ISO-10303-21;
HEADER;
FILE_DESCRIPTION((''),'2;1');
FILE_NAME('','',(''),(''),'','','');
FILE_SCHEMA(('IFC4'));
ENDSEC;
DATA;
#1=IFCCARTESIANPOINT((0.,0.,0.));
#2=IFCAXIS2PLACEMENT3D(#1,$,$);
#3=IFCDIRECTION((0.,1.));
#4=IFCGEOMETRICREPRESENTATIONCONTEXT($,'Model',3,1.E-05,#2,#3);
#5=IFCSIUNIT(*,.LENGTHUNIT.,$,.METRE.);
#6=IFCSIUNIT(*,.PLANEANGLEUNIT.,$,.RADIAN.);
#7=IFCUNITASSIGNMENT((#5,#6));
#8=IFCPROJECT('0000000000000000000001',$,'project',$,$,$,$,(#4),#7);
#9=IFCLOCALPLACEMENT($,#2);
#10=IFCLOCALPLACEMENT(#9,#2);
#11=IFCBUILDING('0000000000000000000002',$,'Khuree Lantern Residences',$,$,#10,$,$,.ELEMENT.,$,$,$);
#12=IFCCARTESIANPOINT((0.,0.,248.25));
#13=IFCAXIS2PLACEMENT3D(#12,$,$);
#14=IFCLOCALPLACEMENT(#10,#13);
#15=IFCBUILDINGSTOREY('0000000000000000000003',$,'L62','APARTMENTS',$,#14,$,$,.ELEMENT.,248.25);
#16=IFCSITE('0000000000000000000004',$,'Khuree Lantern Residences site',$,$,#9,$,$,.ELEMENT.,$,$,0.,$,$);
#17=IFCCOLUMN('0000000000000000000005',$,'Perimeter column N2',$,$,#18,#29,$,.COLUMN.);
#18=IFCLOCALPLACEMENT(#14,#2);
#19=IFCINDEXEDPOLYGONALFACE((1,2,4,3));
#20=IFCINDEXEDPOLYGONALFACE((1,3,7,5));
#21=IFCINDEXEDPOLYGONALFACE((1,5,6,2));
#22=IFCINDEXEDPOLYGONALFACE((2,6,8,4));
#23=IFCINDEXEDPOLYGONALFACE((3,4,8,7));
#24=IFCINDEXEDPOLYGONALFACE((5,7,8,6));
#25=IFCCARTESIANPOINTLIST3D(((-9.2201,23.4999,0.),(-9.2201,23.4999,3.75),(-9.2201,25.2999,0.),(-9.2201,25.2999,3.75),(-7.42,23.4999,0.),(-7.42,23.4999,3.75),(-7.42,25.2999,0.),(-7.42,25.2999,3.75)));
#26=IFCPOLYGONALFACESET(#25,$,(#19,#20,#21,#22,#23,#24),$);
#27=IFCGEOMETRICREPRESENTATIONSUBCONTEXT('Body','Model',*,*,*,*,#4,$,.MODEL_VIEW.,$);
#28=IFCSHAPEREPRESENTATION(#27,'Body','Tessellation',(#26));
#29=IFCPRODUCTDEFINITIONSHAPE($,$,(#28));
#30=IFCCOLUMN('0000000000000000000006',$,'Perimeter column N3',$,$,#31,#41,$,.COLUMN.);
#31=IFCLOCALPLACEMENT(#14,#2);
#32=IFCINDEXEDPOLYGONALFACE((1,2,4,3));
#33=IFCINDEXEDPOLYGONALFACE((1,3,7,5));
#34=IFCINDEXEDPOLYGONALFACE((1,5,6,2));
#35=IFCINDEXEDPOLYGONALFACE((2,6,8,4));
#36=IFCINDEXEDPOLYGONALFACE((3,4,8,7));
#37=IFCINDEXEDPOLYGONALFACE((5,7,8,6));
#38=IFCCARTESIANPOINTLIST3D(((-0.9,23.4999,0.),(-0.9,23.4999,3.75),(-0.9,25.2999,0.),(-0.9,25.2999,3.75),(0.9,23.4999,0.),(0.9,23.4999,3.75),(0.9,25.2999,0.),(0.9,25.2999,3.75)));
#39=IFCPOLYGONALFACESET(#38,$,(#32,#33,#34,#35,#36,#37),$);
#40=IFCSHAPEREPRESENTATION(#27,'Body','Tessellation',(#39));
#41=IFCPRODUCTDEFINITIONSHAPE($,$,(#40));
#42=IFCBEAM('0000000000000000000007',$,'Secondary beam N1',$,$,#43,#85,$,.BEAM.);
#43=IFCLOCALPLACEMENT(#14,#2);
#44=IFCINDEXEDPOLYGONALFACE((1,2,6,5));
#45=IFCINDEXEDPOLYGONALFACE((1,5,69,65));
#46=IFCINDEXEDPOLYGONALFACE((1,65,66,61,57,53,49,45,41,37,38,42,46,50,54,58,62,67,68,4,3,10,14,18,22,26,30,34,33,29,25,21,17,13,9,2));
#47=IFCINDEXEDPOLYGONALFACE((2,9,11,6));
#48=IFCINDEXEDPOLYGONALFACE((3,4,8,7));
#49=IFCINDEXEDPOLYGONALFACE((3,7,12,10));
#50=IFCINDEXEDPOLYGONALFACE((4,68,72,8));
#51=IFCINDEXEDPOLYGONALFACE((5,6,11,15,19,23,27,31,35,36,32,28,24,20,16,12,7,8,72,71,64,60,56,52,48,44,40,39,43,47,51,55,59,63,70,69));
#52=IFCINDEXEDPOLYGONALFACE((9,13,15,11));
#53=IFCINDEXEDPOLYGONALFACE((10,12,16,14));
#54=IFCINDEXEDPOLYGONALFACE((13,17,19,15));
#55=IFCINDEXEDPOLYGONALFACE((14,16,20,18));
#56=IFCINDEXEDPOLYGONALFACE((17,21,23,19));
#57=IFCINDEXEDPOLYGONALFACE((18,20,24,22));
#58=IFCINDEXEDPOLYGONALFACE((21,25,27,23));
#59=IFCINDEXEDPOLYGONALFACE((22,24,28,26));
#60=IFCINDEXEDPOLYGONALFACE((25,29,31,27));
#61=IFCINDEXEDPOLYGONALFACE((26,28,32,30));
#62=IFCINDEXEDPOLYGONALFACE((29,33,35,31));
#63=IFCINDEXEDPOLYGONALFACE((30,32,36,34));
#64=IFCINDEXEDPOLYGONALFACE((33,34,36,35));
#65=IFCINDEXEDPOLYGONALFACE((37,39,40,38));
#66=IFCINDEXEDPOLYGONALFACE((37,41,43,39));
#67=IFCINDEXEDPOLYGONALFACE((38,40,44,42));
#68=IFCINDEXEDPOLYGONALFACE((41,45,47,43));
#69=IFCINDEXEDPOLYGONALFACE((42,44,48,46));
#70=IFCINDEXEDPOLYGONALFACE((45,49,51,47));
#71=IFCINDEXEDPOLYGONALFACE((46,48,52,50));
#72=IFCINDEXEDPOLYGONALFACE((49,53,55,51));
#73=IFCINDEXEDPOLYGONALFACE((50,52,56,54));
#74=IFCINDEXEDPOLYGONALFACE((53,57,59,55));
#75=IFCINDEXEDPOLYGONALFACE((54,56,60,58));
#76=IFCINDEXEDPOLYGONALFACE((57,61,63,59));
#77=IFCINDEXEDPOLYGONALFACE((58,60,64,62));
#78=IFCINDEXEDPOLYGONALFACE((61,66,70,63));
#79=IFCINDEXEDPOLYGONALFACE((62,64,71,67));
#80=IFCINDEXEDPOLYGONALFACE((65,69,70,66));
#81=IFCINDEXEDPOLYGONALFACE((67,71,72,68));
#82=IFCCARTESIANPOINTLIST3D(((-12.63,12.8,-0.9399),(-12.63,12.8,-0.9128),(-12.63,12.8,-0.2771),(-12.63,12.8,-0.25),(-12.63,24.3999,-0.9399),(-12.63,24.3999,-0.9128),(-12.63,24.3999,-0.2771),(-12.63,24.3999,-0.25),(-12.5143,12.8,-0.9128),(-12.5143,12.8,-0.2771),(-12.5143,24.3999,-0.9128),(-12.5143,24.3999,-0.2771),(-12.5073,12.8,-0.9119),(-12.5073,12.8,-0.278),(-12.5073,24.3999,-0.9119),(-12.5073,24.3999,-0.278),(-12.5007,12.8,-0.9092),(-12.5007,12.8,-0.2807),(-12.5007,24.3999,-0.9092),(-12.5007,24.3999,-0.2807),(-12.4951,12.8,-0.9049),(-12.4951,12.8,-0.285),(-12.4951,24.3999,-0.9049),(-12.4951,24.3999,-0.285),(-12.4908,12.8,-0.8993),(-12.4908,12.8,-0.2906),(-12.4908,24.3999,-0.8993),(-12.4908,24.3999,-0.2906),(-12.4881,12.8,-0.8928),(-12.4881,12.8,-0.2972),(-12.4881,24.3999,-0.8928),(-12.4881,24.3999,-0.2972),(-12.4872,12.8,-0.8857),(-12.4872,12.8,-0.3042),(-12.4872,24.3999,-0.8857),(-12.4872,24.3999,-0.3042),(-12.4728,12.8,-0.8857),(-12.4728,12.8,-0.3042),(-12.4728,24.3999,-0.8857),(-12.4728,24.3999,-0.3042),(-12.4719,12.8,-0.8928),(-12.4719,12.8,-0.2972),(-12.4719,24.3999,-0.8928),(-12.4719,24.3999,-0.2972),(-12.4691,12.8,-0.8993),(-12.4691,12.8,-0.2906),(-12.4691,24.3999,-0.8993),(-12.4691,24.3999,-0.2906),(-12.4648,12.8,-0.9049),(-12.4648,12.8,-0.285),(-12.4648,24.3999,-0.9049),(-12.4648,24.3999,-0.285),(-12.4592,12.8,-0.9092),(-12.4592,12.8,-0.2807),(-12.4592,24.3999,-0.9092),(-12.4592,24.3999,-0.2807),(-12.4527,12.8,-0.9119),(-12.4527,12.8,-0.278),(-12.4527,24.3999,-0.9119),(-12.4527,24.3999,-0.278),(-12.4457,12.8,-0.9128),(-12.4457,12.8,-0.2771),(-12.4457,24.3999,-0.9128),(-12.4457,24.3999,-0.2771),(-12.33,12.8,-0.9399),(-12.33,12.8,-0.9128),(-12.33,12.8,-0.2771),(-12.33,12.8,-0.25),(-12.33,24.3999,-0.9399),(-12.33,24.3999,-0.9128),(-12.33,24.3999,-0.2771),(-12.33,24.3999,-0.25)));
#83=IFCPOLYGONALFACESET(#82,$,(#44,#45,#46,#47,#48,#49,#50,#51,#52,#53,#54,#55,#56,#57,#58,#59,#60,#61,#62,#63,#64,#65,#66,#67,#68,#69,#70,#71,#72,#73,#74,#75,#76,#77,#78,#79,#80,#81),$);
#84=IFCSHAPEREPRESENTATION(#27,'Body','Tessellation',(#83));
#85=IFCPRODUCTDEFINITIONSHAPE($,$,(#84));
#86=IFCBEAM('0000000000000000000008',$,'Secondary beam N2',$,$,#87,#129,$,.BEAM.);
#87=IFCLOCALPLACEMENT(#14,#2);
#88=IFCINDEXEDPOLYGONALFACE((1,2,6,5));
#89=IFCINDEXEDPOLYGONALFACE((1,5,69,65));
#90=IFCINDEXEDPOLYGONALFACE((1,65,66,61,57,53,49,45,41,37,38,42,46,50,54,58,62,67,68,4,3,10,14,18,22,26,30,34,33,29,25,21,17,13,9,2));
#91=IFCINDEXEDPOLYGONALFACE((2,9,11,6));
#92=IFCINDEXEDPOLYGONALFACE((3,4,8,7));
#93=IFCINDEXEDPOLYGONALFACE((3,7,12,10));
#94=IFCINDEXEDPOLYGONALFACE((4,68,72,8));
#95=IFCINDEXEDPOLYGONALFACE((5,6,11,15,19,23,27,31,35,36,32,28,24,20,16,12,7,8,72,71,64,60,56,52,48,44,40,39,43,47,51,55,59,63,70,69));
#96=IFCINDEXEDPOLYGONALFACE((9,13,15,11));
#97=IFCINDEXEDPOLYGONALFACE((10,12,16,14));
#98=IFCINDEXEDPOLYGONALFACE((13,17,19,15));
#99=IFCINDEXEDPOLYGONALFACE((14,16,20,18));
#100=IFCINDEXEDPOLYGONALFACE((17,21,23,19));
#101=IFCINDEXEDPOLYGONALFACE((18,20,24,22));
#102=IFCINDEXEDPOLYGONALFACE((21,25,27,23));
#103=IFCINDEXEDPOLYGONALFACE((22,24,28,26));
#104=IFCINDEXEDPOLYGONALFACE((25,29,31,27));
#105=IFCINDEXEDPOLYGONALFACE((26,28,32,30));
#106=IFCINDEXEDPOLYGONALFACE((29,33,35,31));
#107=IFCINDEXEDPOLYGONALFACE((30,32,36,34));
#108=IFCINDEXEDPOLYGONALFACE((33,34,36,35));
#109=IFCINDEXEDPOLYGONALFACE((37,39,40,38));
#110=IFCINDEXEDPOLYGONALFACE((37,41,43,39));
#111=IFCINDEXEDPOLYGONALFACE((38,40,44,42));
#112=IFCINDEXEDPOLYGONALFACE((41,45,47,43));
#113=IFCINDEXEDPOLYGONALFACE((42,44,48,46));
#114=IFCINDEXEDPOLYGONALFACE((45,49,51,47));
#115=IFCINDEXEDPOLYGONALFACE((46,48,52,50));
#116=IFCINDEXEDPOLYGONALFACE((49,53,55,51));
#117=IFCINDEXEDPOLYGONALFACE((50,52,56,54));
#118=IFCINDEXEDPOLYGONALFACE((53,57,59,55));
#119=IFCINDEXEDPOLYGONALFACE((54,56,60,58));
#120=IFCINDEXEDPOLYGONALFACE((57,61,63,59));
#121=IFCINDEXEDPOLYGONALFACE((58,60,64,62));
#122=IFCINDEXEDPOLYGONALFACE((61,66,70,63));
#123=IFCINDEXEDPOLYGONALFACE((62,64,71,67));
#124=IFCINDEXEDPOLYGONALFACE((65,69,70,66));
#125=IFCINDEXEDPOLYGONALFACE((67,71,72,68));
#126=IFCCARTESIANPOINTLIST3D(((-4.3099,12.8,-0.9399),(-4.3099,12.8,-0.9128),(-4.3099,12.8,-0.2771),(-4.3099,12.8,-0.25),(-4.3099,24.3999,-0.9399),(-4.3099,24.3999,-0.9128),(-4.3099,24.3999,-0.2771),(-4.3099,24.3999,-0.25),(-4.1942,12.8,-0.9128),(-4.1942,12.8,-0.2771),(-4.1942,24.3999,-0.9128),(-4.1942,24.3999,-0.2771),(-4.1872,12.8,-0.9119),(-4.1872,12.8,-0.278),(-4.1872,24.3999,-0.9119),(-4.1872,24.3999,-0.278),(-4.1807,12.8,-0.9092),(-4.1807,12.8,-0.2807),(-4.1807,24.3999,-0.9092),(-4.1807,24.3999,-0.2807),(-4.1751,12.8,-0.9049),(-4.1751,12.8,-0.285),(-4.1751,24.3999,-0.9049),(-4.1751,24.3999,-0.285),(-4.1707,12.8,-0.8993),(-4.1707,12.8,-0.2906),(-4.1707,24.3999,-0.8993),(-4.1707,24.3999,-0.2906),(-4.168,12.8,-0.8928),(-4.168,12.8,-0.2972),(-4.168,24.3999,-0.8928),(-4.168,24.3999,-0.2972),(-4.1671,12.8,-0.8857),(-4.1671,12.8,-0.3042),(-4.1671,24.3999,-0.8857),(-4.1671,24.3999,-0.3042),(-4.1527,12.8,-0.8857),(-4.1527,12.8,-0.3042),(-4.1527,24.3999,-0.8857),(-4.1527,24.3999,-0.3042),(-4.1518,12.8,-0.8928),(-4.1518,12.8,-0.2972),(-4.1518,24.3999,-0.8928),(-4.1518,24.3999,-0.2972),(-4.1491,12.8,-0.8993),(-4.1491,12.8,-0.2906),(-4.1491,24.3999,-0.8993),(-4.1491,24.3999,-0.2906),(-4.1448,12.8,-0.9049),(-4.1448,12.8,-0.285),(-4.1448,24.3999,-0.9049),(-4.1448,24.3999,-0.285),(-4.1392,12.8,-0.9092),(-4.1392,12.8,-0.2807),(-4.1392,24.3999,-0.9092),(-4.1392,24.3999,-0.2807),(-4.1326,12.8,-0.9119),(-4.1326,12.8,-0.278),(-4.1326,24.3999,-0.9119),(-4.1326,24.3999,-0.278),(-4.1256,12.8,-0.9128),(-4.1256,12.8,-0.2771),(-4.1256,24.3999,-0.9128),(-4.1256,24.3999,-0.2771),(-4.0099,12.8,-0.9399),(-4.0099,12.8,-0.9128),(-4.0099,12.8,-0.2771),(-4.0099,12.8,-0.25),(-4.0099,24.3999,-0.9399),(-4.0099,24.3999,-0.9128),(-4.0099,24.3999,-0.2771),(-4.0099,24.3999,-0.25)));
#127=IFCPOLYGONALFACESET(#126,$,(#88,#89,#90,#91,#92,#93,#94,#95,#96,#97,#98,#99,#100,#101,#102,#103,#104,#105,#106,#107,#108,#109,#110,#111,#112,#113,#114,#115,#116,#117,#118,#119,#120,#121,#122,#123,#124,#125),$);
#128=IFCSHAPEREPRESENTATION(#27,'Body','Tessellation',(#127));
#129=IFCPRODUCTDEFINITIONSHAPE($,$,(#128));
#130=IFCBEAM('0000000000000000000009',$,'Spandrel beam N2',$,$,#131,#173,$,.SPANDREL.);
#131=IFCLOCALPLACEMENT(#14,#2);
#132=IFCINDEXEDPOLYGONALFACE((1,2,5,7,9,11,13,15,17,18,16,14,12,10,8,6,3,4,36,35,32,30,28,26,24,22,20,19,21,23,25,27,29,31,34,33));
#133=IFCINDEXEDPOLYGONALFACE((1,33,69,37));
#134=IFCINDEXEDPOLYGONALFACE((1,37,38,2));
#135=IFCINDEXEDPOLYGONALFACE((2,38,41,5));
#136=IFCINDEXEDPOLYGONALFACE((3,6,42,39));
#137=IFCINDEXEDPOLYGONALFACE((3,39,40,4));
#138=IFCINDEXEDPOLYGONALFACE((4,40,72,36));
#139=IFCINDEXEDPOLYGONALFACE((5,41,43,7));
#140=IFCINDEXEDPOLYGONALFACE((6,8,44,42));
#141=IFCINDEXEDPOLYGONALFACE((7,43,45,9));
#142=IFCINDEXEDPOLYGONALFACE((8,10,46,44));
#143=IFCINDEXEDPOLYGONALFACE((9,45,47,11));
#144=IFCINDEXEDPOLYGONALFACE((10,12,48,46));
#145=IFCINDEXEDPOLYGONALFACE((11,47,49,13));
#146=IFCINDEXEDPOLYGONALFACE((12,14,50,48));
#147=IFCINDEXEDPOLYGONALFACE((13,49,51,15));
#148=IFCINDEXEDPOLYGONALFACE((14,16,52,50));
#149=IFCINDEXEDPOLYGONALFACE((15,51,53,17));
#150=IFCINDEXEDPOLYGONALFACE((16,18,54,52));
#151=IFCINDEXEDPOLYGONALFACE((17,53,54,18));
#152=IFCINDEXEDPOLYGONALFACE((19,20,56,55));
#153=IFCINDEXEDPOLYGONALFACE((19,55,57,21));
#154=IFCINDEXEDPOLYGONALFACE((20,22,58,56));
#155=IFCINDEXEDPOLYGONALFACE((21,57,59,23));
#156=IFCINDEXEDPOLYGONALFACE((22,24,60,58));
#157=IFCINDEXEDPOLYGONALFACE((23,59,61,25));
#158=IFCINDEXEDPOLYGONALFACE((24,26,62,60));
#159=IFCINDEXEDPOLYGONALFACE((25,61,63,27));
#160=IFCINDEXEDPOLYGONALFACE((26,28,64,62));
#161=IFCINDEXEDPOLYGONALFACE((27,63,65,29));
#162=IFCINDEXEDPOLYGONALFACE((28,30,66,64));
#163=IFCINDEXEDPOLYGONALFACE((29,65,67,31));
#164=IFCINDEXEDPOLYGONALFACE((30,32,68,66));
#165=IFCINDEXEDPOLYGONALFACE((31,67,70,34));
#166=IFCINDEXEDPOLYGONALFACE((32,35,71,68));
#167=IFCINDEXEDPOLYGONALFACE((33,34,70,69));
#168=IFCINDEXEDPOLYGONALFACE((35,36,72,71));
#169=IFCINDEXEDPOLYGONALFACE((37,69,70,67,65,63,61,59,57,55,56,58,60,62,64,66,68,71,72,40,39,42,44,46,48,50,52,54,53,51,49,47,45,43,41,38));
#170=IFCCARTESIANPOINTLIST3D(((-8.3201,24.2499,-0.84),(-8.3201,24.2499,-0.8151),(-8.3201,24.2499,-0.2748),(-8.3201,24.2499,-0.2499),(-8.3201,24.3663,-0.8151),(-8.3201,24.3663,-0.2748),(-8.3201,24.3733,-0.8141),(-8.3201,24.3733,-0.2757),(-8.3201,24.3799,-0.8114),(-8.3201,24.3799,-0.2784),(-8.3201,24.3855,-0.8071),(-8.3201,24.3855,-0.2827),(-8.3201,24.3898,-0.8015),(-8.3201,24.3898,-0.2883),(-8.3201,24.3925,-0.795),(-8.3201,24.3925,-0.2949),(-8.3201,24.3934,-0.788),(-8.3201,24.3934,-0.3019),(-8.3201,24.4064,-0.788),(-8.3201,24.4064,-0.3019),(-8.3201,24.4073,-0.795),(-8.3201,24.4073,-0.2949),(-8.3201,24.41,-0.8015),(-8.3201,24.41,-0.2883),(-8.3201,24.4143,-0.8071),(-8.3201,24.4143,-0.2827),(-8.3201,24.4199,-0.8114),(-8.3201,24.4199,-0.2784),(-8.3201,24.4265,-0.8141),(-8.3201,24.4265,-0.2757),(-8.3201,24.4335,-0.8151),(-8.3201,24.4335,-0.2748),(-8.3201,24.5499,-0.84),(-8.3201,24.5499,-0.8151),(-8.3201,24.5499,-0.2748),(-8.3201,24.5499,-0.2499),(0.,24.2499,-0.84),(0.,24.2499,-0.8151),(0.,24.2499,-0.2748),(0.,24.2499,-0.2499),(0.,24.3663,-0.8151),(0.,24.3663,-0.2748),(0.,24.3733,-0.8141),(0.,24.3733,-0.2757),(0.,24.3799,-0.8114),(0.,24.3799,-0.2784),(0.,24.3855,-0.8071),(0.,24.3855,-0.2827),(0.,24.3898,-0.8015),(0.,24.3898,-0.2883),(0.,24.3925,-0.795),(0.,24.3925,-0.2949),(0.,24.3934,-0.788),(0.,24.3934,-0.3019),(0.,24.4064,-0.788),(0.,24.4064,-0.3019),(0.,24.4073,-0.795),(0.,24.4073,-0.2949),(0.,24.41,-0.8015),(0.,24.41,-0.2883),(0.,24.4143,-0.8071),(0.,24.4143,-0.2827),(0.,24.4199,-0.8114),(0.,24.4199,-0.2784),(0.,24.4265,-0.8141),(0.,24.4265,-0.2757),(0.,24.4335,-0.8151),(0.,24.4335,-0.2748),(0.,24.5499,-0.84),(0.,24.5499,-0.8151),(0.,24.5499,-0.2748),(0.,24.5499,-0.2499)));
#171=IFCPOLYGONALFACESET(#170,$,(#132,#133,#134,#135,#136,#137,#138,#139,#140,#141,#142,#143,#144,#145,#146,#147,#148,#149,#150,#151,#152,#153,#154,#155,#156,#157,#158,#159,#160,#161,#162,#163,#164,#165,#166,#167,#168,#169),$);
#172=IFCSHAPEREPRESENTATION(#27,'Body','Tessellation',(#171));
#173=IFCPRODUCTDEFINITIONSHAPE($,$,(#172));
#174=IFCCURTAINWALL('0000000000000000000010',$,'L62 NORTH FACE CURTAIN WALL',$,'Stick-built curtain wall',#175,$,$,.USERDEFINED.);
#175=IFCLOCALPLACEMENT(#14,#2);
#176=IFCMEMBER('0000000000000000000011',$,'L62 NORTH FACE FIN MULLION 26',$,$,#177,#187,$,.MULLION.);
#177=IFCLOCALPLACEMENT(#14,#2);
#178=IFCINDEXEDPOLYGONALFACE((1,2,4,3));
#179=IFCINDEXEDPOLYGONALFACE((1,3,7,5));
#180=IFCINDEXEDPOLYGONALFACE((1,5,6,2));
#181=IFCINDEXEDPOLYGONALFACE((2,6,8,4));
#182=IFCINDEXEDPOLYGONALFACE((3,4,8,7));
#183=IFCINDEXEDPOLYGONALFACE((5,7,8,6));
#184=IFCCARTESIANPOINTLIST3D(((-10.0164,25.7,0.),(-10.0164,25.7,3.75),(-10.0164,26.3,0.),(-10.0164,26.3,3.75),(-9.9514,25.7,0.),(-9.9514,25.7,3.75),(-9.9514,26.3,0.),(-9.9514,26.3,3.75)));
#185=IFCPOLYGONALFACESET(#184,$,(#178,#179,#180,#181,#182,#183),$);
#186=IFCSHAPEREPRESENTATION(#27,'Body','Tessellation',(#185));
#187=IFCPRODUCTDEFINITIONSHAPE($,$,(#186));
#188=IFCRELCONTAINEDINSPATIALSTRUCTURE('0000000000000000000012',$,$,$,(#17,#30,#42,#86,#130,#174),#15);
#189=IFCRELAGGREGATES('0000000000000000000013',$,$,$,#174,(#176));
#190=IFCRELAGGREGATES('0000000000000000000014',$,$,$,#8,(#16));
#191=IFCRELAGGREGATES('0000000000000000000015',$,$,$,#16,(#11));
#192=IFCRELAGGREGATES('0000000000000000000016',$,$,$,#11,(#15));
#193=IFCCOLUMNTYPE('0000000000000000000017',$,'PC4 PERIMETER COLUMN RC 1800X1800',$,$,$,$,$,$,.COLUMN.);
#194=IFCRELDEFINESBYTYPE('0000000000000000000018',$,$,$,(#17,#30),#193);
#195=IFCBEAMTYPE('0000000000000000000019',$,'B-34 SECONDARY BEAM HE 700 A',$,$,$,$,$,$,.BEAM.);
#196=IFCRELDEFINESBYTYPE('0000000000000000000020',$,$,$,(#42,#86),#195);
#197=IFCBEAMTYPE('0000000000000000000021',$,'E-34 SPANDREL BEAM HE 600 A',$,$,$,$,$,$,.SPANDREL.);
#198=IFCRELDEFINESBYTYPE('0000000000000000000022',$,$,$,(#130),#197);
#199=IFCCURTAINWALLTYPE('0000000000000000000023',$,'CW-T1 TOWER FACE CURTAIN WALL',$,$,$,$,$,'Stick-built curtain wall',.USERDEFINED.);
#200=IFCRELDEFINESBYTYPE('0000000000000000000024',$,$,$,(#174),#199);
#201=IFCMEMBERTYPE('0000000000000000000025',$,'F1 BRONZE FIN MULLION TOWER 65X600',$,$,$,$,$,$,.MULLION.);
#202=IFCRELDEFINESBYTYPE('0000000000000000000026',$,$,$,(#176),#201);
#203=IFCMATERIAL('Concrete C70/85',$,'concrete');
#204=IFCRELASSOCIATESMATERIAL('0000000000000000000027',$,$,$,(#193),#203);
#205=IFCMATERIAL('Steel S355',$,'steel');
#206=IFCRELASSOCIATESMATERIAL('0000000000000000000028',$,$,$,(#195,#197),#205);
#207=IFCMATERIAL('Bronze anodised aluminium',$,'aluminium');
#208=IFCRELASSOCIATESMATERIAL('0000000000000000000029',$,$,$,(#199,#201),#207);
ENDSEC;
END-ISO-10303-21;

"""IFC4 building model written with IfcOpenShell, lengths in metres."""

from ifc_helpers import new_model, si_unit, direction, frame, origin, origin_2d, place, context, subcontext, project, spatial, rectangle, i_section, extrude, material, material_profile, profile_set, type_object, element, aggregate, save


model = new_model("IFC4")

# Units and contexts
model_context = context("Model", 3, precision=1e-05, world=origin(), true_north=direction((0.0, 1.0)))
body_context = subcontext(model_context, "Body", "Model", "MODEL_VIEW")
ifc_project = project(units=[si_unit("LENGTHUNIT", "METRE"), si_unit("PLANEANGLEUNIT", "RADIAN")], contexts=[model_context])

# Site, building, storey
site_placement = place(None, origin())
site = spatial("IfcSite", under=ifc_project, at=site_placement, Name="Khuree Lantern Residences site", CompositionType="ELEMENT", RefElevation=0.0)
building_placement = place(site_placement, origin())
building = spatial("IfcBuilding", under=site, at=building_placement, Name="Khuree Lantern Residences", CompositionType="ELEMENT")
storey_placement = place(building_placement, frame((0.0, 0.0, 248.25)))
storey = spatial("IfcBuildingStorey", under=building, at=storey_placement, Name="L62", Description="APARTMENTS", CompositionType="ELEMENT", Elevation=248.25)

# Columns
ifc_material_1 = material(Name="Concrete C70/85", Category="concrete")
ifc_material_profile_1 = material_profile(ifc_material_1, rectangle(XDim=1.8, YDim=1.8, at=origin_2d()), Name="RC 1800X1800")
ifc_profile_set_1 = profile_set([ifc_material_profile_1], Name="Concrete C70/85")
column_type = type_object("IfcColumnType", Name="PC4 PERIMETER COLUMN RC 1800X1800", PredefinedType="COLUMN", material=ifc_profile_set_1)
for number, where, z_axis, x_axis, name in (
    (1, (-8.3201, 24.3999, 0.0), (0.0, 0.0, 1.0), (1.0, 0.0, 0.0), "Perimeter column N2"),
    (2, (0.0, 24.3999, 0.0), (0.0, 0.0, 1.0), (1.0, 0.0, 0.0), "Perimeter column N3"),
):
    element("IfcColumn", number, at=place(storey_placement, frame(where, z_axis=z_axis, x_axis=x_axis)), inside=storey, type_object=column_type, Name=name, PredefinedType="COLUMN", context=body_context, shape_type="SweptSolid", body=[
        extrude(rectangle(XDim=1.8, YDim=1.8, at=origin_2d()), origin(), (0.0, 0.0, 1.0), 3.75),
    ])

# Beams
ifc_material_2 = material(Name="Steel S355", Category="steel")
ifc_material_profile_2 = material_profile(ifc_material_2, i_section(OverallWidth=0.3, OverallDepth=0.6899, WebThickness=0.0144, FlangeThickness=0.0271, FilletRadius=0.0271, at=origin_2d()), Name="HE 700 A")
ifc_profile_set_2 = profile_set([ifc_material_profile_2], Name="Steel S355")
beam_type_1 = type_object("IfcBeamType", Name="B-34 SECONDARY BEAM HE 700 A", PredefinedType="BEAM", material=ifc_profile_set_2)
for number, where, z_axis, x_axis, name in (
    (3, (-12.48, 24.3999, -0.595), (0.0, -1.0, 0.0), (1.0, 0.0, 0.0), "Secondary beam N1"),
    (4, (-4.1599, 24.3999, -0.595), (0.0, -1.0, 0.0), (1.0, 0.0, 0.0), "Secondary beam N2"),
):
    element("IfcBeam", number, at=place(storey_placement, frame(where, z_axis=z_axis, x_axis=x_axis)), inside=storey, type_object=beam_type_1, Name=name, PredefinedType="BEAM", context=body_context, shape_type="SweptSolid", body=[
        extrude(i_section(OverallWidth=0.3, OverallDepth=0.6899, WebThickness=0.0144, FlangeThickness=0.0271, FilletRadius=0.0271, at=origin_2d()), origin(), (0.0, 0.0, 1.0), 11.5999),
    ])
ifc_material_profile_3 = material_profile(ifc_material_2, i_section(OverallWidth=0.3, OverallDepth=0.5901, WebThickness=0.0129, FlangeThickness=0.0249, FilletRadius=0.0271, at=origin_2d()), Name="HE 600 A")
ifc_profile_set_3 = profile_set([ifc_material_profile_3], Name="Steel S355")
beam_type_2 = type_object("IfcBeamType", Name="E-34 SPANDREL BEAM HE 600 A", PredefinedType="SPANDREL", material=ifc_profile_set_3)
beam_1_placement = place(storey_placement, frame((-8.3201, 24.3999, -0.5449), z_axis=(1.0, 0.0, 0.0), x_axis=(0.0, 1.0, 0.0)))
element("IfcBeam", 5, at=beam_1_placement, inside=storey, type_object=beam_type_2, Name="Spandrel beam N2", PredefinedType="SPANDREL", context=body_context, shape_type="SweptSolid", body=[
    extrude(i_section(OverallWidth=0.3, OverallDepth=0.5901, WebThickness=0.0129, FlangeThickness=0.0249, FilletRadius=0.0271, at=origin_2d()), origin(), (0.0, 0.0, 1.0), 8.3201),
])

# Curtain wall, member
ifc_material_3 = material(Name="Bronze anodised aluminium", Category="aluminium")
curtain_wall_type = type_object("IfcCurtainWallType", Name="CW-T1 TOWER FACE CURTAIN WALL", ElementType="Stick-built curtain wall", PredefinedType="USERDEFINED", material=ifc_material_3)
curtain_wall_placement = place(storey_placement, origin())
curtain_wall = element("IfcCurtainWall", 6, at=curtain_wall_placement, inside=storey, type_object=curtain_wall_type, Name="L62 NORTH FACE CURTAIN WALL", ObjectType="Stick-built curtain wall", PredefinedType="USERDEFINED")
ifc_material_profile_4 = material_profile(ifc_material_3, rectangle(XDim=0.0649, YDim=0.6001, at=origin_2d()), Name="F1 65X600")
ifc_profile_set_4 = profile_set([ifc_material_profile_4], Name="Bronze anodised aluminium")
member_type_1 = type_object("IfcMemberType", Name="F1 BRONZE FIN MULLION TOWER 65X600", PredefinedType="MULLION", material=ifc_profile_set_4)
member_1_placement = place(storey_placement, frame((-9.9839, 26.0, 0.0), z_axis=(0.0, 0.0, 1.0), x_axis=(-1.0, 0.0, 0.0)))
member_1 = element("IfcMember", 7, at=member_1_placement, type_object=member_type_1, Name="L62 NORTH FACE FIN MULLION 26", PredefinedType="MULLION", context=body_context, shape_type="SweptSolid", body=[
    extrude(rectangle(XDim=0.0649, YDim=0.6001, at=origin_2d()), origin(), (0.0, 0.0, 1.0), 3.75),
])

aggregate(curtain_wall, [member_1])

save(model, "model.ifc")
